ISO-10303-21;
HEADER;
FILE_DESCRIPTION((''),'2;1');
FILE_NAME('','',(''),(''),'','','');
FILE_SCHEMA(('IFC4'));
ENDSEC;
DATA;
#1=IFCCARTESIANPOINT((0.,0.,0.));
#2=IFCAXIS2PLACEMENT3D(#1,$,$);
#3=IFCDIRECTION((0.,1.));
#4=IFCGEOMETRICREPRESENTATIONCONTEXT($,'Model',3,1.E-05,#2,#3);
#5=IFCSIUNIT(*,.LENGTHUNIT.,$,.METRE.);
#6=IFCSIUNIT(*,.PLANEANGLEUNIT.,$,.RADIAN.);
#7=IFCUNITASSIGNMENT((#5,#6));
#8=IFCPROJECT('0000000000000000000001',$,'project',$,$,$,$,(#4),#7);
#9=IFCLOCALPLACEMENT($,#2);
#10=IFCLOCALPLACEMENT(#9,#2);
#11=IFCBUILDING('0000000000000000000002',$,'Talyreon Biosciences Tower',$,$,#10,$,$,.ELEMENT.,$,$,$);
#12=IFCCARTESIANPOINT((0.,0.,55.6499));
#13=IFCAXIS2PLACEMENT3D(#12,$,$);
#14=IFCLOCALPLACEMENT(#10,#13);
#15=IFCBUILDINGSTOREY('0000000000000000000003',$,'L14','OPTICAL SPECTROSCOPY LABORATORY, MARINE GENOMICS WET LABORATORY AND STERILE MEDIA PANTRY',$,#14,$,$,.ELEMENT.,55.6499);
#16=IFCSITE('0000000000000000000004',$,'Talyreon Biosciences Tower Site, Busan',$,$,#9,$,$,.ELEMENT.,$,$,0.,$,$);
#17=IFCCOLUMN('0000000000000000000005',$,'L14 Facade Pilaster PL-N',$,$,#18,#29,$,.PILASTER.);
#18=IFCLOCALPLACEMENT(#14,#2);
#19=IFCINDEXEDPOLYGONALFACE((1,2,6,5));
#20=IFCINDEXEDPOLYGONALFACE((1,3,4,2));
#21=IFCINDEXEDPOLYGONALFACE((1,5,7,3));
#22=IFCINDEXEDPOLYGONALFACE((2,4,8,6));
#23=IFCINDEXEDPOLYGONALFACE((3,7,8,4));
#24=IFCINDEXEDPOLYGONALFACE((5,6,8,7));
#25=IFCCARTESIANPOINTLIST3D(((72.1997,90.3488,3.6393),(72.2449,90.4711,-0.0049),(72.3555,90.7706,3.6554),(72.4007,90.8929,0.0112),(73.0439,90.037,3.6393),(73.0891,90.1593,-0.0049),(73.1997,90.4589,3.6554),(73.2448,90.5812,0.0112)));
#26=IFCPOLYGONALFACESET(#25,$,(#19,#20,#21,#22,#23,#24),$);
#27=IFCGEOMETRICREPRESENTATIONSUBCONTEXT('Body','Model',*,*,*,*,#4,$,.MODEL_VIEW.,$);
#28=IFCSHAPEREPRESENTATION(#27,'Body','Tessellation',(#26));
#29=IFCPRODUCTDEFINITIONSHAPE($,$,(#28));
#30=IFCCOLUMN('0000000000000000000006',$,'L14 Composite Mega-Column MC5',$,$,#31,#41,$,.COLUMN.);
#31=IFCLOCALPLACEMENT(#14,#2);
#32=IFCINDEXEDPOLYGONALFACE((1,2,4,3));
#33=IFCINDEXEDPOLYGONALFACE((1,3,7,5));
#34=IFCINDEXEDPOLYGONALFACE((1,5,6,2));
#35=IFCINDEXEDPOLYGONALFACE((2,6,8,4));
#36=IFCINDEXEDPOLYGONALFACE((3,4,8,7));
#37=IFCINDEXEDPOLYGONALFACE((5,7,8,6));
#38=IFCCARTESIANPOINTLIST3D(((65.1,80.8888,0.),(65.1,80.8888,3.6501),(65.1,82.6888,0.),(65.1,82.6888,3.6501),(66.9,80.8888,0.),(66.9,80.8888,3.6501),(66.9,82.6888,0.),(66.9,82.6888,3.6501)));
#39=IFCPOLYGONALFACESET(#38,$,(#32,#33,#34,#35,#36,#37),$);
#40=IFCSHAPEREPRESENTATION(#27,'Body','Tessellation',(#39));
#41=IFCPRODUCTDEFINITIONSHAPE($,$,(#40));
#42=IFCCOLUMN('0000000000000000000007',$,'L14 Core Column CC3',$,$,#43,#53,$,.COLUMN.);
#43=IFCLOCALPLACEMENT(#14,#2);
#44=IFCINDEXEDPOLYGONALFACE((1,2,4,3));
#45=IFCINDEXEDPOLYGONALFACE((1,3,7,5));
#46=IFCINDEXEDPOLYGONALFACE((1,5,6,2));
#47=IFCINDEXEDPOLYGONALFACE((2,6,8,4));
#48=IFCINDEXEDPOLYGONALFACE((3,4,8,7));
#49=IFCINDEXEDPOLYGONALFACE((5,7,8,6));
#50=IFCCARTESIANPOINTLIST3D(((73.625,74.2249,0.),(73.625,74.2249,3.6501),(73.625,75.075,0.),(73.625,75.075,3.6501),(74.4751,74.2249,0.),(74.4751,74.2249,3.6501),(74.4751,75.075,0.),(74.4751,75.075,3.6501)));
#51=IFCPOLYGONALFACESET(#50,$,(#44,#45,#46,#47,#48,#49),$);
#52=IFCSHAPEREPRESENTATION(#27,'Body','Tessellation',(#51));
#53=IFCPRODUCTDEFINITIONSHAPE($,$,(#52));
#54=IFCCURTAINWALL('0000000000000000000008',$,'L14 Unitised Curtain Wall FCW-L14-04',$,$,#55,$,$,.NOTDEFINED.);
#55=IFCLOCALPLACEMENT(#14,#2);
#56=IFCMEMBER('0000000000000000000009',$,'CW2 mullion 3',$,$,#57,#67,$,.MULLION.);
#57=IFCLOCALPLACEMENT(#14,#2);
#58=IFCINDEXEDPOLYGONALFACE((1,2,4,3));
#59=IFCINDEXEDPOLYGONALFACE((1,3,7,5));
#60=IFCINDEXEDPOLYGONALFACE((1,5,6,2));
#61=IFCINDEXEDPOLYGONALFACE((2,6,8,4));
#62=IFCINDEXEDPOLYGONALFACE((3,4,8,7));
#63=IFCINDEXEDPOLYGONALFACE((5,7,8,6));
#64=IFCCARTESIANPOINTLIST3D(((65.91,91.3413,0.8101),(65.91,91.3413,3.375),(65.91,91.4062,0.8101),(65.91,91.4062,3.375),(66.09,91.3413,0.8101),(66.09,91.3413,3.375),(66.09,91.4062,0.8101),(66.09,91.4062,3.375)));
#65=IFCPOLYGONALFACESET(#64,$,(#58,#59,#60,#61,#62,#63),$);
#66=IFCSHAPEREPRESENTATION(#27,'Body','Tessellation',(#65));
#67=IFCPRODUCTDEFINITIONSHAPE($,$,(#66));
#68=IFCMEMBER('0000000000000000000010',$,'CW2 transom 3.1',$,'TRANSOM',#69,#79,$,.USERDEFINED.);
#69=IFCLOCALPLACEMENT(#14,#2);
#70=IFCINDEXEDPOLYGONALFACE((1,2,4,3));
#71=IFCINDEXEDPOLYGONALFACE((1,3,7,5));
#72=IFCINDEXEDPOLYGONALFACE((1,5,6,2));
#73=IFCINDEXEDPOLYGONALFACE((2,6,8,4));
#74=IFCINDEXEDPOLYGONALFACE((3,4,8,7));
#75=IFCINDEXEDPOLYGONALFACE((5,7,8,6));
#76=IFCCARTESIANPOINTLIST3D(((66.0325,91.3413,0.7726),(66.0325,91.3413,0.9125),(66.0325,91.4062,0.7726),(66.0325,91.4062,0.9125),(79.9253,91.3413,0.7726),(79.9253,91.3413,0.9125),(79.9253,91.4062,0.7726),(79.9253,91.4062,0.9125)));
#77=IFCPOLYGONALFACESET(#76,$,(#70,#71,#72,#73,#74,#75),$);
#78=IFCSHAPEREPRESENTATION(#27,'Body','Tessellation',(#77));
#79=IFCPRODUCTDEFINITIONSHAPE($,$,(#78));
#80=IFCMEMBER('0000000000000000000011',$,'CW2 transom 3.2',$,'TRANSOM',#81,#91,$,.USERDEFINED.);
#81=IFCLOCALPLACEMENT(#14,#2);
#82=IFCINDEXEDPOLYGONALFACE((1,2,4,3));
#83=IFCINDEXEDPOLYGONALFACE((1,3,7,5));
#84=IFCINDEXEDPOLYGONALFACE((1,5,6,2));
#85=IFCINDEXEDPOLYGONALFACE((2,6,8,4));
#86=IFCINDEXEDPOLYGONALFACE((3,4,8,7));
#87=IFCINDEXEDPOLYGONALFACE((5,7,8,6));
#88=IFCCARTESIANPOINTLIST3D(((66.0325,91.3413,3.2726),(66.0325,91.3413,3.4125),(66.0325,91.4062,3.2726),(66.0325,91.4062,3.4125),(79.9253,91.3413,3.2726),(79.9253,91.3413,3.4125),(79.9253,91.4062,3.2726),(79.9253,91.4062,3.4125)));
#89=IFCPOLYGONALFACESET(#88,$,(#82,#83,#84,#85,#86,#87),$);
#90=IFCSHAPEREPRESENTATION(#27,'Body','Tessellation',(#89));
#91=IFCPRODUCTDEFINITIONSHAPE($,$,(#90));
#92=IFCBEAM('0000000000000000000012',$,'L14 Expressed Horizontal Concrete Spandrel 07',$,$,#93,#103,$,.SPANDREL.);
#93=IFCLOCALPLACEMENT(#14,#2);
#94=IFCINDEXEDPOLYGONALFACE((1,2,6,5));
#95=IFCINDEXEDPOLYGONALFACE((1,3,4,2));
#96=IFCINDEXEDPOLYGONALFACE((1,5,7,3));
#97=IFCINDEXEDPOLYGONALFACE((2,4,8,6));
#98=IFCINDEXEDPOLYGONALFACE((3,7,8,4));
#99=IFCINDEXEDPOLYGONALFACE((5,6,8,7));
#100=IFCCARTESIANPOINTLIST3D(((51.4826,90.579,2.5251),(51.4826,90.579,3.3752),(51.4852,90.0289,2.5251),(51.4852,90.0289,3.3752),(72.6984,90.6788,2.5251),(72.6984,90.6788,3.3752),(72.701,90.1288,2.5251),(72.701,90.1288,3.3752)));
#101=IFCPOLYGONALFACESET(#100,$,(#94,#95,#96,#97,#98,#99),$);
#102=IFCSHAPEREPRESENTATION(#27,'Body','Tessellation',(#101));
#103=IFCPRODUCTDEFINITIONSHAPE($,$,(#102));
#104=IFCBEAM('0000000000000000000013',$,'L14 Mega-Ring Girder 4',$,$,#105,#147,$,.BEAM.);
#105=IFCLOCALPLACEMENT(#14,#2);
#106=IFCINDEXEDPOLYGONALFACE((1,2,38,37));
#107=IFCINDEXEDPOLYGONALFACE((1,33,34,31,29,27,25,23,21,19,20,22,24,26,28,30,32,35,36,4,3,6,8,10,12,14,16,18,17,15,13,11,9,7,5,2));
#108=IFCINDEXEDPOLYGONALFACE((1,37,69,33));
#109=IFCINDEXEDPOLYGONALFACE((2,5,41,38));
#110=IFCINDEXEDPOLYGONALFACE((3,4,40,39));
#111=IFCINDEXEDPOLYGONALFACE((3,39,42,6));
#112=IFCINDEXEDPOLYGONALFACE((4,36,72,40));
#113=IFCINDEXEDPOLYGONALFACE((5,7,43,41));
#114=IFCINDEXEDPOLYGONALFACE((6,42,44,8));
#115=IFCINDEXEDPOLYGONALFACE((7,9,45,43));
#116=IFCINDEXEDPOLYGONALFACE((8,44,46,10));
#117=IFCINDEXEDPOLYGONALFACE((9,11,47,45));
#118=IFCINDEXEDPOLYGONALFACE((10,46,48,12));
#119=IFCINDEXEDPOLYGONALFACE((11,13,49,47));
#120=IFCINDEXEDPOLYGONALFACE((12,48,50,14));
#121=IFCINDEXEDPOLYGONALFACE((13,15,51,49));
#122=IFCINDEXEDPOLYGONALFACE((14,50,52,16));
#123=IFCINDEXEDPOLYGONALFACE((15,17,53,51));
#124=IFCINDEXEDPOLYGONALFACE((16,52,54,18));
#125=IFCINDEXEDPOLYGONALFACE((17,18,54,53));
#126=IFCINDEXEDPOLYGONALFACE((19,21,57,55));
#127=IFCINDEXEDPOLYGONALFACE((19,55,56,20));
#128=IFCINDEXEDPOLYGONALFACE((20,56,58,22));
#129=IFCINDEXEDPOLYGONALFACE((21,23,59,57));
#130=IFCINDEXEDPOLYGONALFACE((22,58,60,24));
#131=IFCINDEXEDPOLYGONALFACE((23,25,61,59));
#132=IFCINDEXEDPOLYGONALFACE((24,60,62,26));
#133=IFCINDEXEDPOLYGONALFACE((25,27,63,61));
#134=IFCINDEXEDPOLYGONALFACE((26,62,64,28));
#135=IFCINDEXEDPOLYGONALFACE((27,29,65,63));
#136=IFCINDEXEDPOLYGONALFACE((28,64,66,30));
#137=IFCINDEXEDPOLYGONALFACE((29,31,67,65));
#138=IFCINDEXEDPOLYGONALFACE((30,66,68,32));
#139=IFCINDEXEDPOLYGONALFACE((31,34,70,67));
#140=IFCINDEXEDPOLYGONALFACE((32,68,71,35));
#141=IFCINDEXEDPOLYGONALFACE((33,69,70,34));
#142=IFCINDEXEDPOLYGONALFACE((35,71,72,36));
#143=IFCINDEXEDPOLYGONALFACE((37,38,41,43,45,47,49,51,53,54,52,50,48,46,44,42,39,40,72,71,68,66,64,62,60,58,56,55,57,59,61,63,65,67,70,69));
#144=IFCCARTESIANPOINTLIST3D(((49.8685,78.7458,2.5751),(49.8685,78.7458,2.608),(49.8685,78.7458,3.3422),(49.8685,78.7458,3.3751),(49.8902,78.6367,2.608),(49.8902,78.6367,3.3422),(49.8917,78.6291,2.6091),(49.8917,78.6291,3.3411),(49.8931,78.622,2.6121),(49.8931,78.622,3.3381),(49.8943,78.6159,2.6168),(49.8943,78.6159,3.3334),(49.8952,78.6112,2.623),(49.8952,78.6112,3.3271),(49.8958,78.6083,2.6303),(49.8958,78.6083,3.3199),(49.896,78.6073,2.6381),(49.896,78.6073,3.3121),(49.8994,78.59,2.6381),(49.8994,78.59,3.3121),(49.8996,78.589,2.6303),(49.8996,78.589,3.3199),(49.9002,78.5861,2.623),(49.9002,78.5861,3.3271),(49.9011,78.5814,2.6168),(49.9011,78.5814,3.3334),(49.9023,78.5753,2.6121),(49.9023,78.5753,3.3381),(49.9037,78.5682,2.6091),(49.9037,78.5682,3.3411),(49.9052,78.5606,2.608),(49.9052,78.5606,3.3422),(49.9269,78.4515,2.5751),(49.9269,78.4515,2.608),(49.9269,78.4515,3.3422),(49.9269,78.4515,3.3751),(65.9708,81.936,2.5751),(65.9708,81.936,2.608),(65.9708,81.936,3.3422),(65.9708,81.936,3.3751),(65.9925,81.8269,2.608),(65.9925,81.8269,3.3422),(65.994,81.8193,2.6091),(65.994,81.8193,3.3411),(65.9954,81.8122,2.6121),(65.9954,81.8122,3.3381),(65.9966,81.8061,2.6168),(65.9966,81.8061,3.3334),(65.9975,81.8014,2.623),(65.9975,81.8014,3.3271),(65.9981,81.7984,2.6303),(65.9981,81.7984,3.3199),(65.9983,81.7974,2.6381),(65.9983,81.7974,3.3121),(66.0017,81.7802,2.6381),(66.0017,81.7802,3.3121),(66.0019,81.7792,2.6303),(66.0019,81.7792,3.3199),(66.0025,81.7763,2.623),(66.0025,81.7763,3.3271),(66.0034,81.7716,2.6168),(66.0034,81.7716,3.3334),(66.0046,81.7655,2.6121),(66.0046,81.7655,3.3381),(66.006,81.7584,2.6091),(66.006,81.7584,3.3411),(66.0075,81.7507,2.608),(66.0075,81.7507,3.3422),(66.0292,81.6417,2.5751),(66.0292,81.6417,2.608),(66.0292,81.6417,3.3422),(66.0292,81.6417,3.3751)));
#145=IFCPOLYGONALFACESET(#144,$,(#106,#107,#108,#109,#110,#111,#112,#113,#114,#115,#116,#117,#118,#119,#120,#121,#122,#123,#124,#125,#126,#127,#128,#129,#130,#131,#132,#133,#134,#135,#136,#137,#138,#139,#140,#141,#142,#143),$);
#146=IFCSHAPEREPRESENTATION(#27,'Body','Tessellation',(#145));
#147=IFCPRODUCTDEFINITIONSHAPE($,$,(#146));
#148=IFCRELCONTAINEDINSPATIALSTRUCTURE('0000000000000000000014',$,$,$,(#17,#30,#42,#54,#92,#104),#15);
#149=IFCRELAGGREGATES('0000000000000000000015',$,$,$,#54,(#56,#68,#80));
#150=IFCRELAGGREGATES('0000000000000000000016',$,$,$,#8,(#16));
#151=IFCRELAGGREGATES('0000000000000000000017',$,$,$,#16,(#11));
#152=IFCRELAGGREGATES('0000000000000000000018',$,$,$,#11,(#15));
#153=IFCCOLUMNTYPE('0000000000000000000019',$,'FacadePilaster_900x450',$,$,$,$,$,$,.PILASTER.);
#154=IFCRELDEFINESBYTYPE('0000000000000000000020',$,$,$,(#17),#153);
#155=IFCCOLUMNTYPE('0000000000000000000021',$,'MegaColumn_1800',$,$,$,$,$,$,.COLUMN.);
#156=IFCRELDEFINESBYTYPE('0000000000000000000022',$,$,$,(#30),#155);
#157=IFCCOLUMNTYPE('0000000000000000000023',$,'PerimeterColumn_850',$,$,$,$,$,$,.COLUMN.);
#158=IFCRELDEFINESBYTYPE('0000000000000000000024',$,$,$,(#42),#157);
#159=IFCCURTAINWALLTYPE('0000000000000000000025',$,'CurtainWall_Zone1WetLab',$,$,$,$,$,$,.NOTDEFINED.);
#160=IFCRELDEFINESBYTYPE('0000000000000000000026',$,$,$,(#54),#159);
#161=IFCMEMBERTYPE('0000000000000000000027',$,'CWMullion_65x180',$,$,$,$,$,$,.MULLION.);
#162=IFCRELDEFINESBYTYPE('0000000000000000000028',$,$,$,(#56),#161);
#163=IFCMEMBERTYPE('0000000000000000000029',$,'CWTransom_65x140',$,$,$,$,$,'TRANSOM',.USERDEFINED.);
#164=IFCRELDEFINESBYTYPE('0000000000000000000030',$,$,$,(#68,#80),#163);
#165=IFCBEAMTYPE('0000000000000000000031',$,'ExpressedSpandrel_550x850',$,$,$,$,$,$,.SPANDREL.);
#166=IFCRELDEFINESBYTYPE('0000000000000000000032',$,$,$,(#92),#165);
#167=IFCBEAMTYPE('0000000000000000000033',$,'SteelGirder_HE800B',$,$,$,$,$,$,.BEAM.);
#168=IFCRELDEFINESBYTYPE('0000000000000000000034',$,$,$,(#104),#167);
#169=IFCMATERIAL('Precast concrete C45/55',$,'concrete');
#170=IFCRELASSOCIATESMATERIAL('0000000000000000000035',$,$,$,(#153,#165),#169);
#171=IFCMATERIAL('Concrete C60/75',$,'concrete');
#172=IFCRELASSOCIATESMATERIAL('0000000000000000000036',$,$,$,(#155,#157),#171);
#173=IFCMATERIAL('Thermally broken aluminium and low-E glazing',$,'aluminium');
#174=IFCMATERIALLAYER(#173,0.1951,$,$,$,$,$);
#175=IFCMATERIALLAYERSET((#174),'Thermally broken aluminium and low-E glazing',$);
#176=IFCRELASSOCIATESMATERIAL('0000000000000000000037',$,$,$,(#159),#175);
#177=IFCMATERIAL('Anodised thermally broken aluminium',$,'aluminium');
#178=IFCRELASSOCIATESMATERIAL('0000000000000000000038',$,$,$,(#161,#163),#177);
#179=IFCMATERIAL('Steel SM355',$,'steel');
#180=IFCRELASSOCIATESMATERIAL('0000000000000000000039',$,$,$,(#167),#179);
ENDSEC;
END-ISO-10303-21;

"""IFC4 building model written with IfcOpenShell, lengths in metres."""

from ifc_helpers import new_model, si_unit, direction, frame, origin, origin_2d, place, context, subcontext, project, spatial, rectangle, i_section, extrude, material, layer, layer_set, material_profile, profile_set, type_object, element, aggregate, save


model = new_model("IFC4")

# Units and contexts
model_context = context("Model", 3, precision=1e-05, world=origin(), true_north=direction((0.0, 1.0)))
body_context = subcontext(model_context, "Body", "Model", "MODEL_VIEW")
ifc_project = project(units=[si_unit("LENGTHUNIT", "METRE"), si_unit("PLANEANGLEUNIT", "RADIAN")], contexts=[model_context])

# Site, building, storey
site_placement = place(None, origin())
site = spatial("IfcSite", under=ifc_project, at=site_placement, Name="Talyreon Biosciences Tower Site, Busan", CompositionType="ELEMENT", RefElevation=0.0)
building_placement = place(site_placement, origin())
building = spatial("IfcBuilding", under=site, at=building_placement, Name="Talyreon Biosciences Tower", CompositionType="ELEMENT")
storey_placement = place(building_placement, frame((0.0, 0.0, 55.6499)))
storey = spatial("IfcBuildingStorey", under=building, at=storey_placement, Name="L14", Description="OPTICAL SPECTROSCOPY LABORATORY, MARINE GENOMICS WET LABORATORY AND STERILE MEDIA PANTRY", CompositionType="ELEMENT", Elevation=55.6499)

# Columns
ifc_material_1 = material(Name="Precast concrete C45/55", Category="concrete")
ifc_material_profile_1 = material_profile(ifc_material_1, rectangle(XDim=0.8999, YDim=0.45, at=origin_2d()), Name="RC 900x450")
ifc_profile_set_1 = profile_set([ifc_material_profile_1], Name="Precast concrete C45/55")
column_type_1 = type_object("IfcColumnType", Name="FacadePilaster_900x450", PredefinedType="PILASTER", material=ifc_profile_set_1)
column_1_placement = place(storey_placement, frame((72.7449, 90.5261, 0.0032), z_axis=(-0.012387, -0.033544, 0.99936), x_axis=(-0.938087, 0.346399, 0.0)))
element("IfcColumn", 1, at=column_1_placement, inside=storey, type_object=column_type_1, Name="L14 Facade Pilaster PL-N", PredefinedType="PILASTER", context=body_context, shape_type="SweptSolid", body=[
    extrude(rectangle(XDim=0.8999, YDim=0.45, at=origin_2d()), origin(), (0.0, 0.0, 1.0), 3.6465),
])
ifc_material_2 = material(Name="Concrete C60/75", Category="concrete")
ifc_material_profile_2 = material_profile(ifc_material_2, rectangle(XDim=1.8, YDim=1.8, at=origin_2d()), Name="RC 1800x1800")
ifc_profile_set_2 = profile_set([ifc_material_profile_2], Name="Concrete C60/75")
column_type_2 = type_object("IfcColumnType", Name="MegaColumn_1800", PredefinedType="COLUMN", material=ifc_profile_set_2)
column_2_placement = place(storey_placement, frame((66.0, 81.7888, 0.0), z_axis=(0.0, 0.0, 1.0), x_axis=(1.0, 0.0, 0.0)))
element("IfcColumn", 2, at=column_2_placement, inside=storey, type_object=column_type_2, Name="L14 Composite Mega-Column MC5", PredefinedType="COLUMN", context=body_context, shape_type="SweptSolid", body=[
    extrude(rectangle(XDim=1.8, YDim=1.8, at=origin_2d()), origin(), (0.0, 0.0, 1.0), 3.6501),
])
ifc_material_profile_3 = material_profile(ifc_material_2, rectangle(XDim=0.8501, YDim=0.8501, at=origin_2d()), Name="RC 850x850")
ifc_profile_set_3 = profile_set([ifc_material_profile_3], Name="Concrete C60/75")
column_type_3 = type_object("IfcColumnType", Name="PerimeterColumn_850", PredefinedType="COLUMN", material=ifc_profile_set_3)
column_3_placement = place(storey_placement, frame((74.05, 74.6499, 0.0), z_axis=(0.0, 0.0, 1.0), x_axis=(1.0, 0.0, 0.0)))
element("IfcColumn", 3, at=column_3_placement, inside=storey, type_object=column_type_3, Name="L14 Core Column CC3", PredefinedType="COLUMN", context=body_context, shape_type="SweptSolid", body=[
    extrude(rectangle(XDim=0.8501, YDim=0.8501, at=origin_2d()), origin(), (0.0, 0.0, 1.0), 3.6501),
])

# Curtain wall, members
ifc_material_3 = material(Name="Thermally broken aluminium and low-E glazing", Category="aluminium")
ifc_layer_1 = layer(ifc_material_3, 0.1951)
ifc_layer_set_1 = layer_set([ifc_layer_1], Name="Thermally broken aluminium and low-E glazing")
curtain_wall_type = type_object("IfcCurtainWallType", Name="CurtainWall_Zone1WetLab", PredefinedType="NOTDEFINED", material=ifc_layer_set_1)
curtain_wall_placement = place(storey_placement, origin())
curtain_wall = element("IfcCurtainWall", 4, at=curtain_wall_placement, inside=storey, type_object=curtain_wall_type, Name="L14 Unitised Curtain Wall FCW-L14-04", PredefinedType="NOTDEFINED")
ifc_material_4 = material(Name="Anodised thermally broken aluminium", Category="aluminium")
ifc_material_profile_4 = material_profile(ifc_material_4, rectangle(XDim=0.0649, YDim=0.1799, at=origin_2d()), Name="ALUM MULLION 65x180")
ifc_profile_set_4 = profile_set([ifc_material_profile_4], Name="Anodised thermally broken aluminium")
member_type_1 = type_object("IfcMemberType", Name="CWMullion_65x180", PredefinedType="MULLION", material=ifc_profile_set_4)
member_1_placement = place(storey_placement, frame((66.0, 91.3738, 0.8101), z_axis=(0.0, 0.0, 1.0), x_axis=(0.0, 1.0, 0.0)))
member_1 = element("IfcMember", 5, at=member_1_placement, type_object=member_type_1, Name="CW2 mullion 3", PredefinedType="MULLION", context=body_context, shape_type="SweptSolid", body=[
    extrude(rectangle(XDim=0.0649, YDim=0.1799, at=origin_2d()), origin(), (0.0, 0.0, 1.0), 2.5649),
])
ifc_material_profile_5 = material_profile(ifc_material_4, rectangle(XDim=0.0649, YDim=0.1399, at=origin_2d()), Name="ALUM TRANSOM 65x140")
ifc_profile_set_5 = profile_set([ifc_material_profile_5], Name="Anodised thermally broken aluminium")
member_type_2 = type_object("IfcMemberType", Name="CWTransom_65x140", ElementType="TRANSOM", PredefinedType="USERDEFINED", material=ifc_profile_set_5)
member_2_placement = place(storey_placement, frame((66.0325, 91.3738, 0.8425), z_axis=(1.0, 0.0, 0.0), x_axis=(0.0, 1.0, 0.0)))
member_2 = element("IfcMember", 6, at=member_2_placement, type_object=member_type_2, Name="CW2 transom 3.1", ObjectType="TRANSOM", PredefinedType="USERDEFINED", context=body_context, shape_type="SweptSolid", body=[
    extrude(rectangle(XDim=0.0649, YDim=0.1399, at=origin_2d()), origin(), (0.0, 0.0, 1.0), 13.8928),
])
member_3_placement = place(storey_placement, frame((66.0325, 91.3738, 3.3425), z_axis=(1.0, 0.0, 0.0), x_axis=(0.0, 1.0, 0.0)))
member_3 = element("IfcMember", 7, at=member_3_placement, type_object=member_type_2, Name="CW2 transom 3.2", ObjectType="TRANSOM", PredefinedType="USERDEFINED", context=body_context, shape_type="SweptSolid", body=[
    extrude(rectangle(XDim=0.0649, YDim=0.1399, at=origin_2d()), origin(), (0.0, 0.0, 1.0), 13.8928),
])

# Beams
ifc_material_profile_6 = material_profile(ifc_material_1, rectangle(XDim=0.55, YDim=0.8501, at=origin_2d()), Name="RCB 550x850")
ifc_profile_set_6 = profile_set([ifc_material_profile_6], Name="Precast concrete C45/55")
beam_type_1 = type_object("IfcBeamType", Name="ExpressedSpandrel_550x850", PredefinedType="SPANDREL", material=ifc_profile_set_6)
beam_1_placement = place(storey_placement, frame((72.6997, 90.4038, 2.9502), z_axis=(-0.999989, -0.004707, 0.0), x_axis=(0.004707, -0.999989, 0.0)))
element("IfcBeam", 8, at=beam_1_placement, inside=storey, type_object=beam_type_1, Name="L14 Expressed Horizontal Concrete Spandrel 07", PredefinedType="SPANDREL", context=body_context, shape_type="SweptSolid", body=[
    extrude(rectangle(XDim=0.55, YDim=0.8501, at=origin_2d()), origin(), (0.0, 0.0, 1.0), 21.2161),
])
ifc_material_5 = material(Name="Steel SM355", Category="steel")
ifc_material_profile_7 = material_profile(ifc_material_5, i_section(OverallWidth=0.3, OverallDepth=0.8, WebThickness=0.0176, FlangeThickness=0.033, FilletRadius=0.03, at=origin_2d()), Name="HE800B")
ifc_profile_set_7 = profile_set([ifc_material_profile_7], Name="Steel SM355")
beam_type_2 = type_object("IfcBeamType", Name="SteelGirder_HE800B", PredefinedType="BEAM", material=ifc_profile_set_7)
beam_2_placement = place(storey_placement, frame((66.0, 81.7888, 2.9751), z_axis=(-0.980934, -0.194343, 0.0), x_axis=(0.194343, -0.980934, 0.0)))
element("IfcBeam", 9, at=beam_2_placement, inside=storey, type_object=beam_type_2, Name="L14 Mega-Ring Girder 4", PredefinedType="BEAM", context=body_context, shape_type="SweptSolid", body=[
    extrude(i_section(OverallWidth=0.3, OverallDepth=0.8, WebThickness=0.0176, FlangeThickness=0.033, FilletRadius=0.03, at=origin_2d()), origin(), (0.0, 0.0, 1.0), 16.4153),
])

aggregate(curtain_wall, [member_1, member_2, member_3])

save(model, "model.ifc")
